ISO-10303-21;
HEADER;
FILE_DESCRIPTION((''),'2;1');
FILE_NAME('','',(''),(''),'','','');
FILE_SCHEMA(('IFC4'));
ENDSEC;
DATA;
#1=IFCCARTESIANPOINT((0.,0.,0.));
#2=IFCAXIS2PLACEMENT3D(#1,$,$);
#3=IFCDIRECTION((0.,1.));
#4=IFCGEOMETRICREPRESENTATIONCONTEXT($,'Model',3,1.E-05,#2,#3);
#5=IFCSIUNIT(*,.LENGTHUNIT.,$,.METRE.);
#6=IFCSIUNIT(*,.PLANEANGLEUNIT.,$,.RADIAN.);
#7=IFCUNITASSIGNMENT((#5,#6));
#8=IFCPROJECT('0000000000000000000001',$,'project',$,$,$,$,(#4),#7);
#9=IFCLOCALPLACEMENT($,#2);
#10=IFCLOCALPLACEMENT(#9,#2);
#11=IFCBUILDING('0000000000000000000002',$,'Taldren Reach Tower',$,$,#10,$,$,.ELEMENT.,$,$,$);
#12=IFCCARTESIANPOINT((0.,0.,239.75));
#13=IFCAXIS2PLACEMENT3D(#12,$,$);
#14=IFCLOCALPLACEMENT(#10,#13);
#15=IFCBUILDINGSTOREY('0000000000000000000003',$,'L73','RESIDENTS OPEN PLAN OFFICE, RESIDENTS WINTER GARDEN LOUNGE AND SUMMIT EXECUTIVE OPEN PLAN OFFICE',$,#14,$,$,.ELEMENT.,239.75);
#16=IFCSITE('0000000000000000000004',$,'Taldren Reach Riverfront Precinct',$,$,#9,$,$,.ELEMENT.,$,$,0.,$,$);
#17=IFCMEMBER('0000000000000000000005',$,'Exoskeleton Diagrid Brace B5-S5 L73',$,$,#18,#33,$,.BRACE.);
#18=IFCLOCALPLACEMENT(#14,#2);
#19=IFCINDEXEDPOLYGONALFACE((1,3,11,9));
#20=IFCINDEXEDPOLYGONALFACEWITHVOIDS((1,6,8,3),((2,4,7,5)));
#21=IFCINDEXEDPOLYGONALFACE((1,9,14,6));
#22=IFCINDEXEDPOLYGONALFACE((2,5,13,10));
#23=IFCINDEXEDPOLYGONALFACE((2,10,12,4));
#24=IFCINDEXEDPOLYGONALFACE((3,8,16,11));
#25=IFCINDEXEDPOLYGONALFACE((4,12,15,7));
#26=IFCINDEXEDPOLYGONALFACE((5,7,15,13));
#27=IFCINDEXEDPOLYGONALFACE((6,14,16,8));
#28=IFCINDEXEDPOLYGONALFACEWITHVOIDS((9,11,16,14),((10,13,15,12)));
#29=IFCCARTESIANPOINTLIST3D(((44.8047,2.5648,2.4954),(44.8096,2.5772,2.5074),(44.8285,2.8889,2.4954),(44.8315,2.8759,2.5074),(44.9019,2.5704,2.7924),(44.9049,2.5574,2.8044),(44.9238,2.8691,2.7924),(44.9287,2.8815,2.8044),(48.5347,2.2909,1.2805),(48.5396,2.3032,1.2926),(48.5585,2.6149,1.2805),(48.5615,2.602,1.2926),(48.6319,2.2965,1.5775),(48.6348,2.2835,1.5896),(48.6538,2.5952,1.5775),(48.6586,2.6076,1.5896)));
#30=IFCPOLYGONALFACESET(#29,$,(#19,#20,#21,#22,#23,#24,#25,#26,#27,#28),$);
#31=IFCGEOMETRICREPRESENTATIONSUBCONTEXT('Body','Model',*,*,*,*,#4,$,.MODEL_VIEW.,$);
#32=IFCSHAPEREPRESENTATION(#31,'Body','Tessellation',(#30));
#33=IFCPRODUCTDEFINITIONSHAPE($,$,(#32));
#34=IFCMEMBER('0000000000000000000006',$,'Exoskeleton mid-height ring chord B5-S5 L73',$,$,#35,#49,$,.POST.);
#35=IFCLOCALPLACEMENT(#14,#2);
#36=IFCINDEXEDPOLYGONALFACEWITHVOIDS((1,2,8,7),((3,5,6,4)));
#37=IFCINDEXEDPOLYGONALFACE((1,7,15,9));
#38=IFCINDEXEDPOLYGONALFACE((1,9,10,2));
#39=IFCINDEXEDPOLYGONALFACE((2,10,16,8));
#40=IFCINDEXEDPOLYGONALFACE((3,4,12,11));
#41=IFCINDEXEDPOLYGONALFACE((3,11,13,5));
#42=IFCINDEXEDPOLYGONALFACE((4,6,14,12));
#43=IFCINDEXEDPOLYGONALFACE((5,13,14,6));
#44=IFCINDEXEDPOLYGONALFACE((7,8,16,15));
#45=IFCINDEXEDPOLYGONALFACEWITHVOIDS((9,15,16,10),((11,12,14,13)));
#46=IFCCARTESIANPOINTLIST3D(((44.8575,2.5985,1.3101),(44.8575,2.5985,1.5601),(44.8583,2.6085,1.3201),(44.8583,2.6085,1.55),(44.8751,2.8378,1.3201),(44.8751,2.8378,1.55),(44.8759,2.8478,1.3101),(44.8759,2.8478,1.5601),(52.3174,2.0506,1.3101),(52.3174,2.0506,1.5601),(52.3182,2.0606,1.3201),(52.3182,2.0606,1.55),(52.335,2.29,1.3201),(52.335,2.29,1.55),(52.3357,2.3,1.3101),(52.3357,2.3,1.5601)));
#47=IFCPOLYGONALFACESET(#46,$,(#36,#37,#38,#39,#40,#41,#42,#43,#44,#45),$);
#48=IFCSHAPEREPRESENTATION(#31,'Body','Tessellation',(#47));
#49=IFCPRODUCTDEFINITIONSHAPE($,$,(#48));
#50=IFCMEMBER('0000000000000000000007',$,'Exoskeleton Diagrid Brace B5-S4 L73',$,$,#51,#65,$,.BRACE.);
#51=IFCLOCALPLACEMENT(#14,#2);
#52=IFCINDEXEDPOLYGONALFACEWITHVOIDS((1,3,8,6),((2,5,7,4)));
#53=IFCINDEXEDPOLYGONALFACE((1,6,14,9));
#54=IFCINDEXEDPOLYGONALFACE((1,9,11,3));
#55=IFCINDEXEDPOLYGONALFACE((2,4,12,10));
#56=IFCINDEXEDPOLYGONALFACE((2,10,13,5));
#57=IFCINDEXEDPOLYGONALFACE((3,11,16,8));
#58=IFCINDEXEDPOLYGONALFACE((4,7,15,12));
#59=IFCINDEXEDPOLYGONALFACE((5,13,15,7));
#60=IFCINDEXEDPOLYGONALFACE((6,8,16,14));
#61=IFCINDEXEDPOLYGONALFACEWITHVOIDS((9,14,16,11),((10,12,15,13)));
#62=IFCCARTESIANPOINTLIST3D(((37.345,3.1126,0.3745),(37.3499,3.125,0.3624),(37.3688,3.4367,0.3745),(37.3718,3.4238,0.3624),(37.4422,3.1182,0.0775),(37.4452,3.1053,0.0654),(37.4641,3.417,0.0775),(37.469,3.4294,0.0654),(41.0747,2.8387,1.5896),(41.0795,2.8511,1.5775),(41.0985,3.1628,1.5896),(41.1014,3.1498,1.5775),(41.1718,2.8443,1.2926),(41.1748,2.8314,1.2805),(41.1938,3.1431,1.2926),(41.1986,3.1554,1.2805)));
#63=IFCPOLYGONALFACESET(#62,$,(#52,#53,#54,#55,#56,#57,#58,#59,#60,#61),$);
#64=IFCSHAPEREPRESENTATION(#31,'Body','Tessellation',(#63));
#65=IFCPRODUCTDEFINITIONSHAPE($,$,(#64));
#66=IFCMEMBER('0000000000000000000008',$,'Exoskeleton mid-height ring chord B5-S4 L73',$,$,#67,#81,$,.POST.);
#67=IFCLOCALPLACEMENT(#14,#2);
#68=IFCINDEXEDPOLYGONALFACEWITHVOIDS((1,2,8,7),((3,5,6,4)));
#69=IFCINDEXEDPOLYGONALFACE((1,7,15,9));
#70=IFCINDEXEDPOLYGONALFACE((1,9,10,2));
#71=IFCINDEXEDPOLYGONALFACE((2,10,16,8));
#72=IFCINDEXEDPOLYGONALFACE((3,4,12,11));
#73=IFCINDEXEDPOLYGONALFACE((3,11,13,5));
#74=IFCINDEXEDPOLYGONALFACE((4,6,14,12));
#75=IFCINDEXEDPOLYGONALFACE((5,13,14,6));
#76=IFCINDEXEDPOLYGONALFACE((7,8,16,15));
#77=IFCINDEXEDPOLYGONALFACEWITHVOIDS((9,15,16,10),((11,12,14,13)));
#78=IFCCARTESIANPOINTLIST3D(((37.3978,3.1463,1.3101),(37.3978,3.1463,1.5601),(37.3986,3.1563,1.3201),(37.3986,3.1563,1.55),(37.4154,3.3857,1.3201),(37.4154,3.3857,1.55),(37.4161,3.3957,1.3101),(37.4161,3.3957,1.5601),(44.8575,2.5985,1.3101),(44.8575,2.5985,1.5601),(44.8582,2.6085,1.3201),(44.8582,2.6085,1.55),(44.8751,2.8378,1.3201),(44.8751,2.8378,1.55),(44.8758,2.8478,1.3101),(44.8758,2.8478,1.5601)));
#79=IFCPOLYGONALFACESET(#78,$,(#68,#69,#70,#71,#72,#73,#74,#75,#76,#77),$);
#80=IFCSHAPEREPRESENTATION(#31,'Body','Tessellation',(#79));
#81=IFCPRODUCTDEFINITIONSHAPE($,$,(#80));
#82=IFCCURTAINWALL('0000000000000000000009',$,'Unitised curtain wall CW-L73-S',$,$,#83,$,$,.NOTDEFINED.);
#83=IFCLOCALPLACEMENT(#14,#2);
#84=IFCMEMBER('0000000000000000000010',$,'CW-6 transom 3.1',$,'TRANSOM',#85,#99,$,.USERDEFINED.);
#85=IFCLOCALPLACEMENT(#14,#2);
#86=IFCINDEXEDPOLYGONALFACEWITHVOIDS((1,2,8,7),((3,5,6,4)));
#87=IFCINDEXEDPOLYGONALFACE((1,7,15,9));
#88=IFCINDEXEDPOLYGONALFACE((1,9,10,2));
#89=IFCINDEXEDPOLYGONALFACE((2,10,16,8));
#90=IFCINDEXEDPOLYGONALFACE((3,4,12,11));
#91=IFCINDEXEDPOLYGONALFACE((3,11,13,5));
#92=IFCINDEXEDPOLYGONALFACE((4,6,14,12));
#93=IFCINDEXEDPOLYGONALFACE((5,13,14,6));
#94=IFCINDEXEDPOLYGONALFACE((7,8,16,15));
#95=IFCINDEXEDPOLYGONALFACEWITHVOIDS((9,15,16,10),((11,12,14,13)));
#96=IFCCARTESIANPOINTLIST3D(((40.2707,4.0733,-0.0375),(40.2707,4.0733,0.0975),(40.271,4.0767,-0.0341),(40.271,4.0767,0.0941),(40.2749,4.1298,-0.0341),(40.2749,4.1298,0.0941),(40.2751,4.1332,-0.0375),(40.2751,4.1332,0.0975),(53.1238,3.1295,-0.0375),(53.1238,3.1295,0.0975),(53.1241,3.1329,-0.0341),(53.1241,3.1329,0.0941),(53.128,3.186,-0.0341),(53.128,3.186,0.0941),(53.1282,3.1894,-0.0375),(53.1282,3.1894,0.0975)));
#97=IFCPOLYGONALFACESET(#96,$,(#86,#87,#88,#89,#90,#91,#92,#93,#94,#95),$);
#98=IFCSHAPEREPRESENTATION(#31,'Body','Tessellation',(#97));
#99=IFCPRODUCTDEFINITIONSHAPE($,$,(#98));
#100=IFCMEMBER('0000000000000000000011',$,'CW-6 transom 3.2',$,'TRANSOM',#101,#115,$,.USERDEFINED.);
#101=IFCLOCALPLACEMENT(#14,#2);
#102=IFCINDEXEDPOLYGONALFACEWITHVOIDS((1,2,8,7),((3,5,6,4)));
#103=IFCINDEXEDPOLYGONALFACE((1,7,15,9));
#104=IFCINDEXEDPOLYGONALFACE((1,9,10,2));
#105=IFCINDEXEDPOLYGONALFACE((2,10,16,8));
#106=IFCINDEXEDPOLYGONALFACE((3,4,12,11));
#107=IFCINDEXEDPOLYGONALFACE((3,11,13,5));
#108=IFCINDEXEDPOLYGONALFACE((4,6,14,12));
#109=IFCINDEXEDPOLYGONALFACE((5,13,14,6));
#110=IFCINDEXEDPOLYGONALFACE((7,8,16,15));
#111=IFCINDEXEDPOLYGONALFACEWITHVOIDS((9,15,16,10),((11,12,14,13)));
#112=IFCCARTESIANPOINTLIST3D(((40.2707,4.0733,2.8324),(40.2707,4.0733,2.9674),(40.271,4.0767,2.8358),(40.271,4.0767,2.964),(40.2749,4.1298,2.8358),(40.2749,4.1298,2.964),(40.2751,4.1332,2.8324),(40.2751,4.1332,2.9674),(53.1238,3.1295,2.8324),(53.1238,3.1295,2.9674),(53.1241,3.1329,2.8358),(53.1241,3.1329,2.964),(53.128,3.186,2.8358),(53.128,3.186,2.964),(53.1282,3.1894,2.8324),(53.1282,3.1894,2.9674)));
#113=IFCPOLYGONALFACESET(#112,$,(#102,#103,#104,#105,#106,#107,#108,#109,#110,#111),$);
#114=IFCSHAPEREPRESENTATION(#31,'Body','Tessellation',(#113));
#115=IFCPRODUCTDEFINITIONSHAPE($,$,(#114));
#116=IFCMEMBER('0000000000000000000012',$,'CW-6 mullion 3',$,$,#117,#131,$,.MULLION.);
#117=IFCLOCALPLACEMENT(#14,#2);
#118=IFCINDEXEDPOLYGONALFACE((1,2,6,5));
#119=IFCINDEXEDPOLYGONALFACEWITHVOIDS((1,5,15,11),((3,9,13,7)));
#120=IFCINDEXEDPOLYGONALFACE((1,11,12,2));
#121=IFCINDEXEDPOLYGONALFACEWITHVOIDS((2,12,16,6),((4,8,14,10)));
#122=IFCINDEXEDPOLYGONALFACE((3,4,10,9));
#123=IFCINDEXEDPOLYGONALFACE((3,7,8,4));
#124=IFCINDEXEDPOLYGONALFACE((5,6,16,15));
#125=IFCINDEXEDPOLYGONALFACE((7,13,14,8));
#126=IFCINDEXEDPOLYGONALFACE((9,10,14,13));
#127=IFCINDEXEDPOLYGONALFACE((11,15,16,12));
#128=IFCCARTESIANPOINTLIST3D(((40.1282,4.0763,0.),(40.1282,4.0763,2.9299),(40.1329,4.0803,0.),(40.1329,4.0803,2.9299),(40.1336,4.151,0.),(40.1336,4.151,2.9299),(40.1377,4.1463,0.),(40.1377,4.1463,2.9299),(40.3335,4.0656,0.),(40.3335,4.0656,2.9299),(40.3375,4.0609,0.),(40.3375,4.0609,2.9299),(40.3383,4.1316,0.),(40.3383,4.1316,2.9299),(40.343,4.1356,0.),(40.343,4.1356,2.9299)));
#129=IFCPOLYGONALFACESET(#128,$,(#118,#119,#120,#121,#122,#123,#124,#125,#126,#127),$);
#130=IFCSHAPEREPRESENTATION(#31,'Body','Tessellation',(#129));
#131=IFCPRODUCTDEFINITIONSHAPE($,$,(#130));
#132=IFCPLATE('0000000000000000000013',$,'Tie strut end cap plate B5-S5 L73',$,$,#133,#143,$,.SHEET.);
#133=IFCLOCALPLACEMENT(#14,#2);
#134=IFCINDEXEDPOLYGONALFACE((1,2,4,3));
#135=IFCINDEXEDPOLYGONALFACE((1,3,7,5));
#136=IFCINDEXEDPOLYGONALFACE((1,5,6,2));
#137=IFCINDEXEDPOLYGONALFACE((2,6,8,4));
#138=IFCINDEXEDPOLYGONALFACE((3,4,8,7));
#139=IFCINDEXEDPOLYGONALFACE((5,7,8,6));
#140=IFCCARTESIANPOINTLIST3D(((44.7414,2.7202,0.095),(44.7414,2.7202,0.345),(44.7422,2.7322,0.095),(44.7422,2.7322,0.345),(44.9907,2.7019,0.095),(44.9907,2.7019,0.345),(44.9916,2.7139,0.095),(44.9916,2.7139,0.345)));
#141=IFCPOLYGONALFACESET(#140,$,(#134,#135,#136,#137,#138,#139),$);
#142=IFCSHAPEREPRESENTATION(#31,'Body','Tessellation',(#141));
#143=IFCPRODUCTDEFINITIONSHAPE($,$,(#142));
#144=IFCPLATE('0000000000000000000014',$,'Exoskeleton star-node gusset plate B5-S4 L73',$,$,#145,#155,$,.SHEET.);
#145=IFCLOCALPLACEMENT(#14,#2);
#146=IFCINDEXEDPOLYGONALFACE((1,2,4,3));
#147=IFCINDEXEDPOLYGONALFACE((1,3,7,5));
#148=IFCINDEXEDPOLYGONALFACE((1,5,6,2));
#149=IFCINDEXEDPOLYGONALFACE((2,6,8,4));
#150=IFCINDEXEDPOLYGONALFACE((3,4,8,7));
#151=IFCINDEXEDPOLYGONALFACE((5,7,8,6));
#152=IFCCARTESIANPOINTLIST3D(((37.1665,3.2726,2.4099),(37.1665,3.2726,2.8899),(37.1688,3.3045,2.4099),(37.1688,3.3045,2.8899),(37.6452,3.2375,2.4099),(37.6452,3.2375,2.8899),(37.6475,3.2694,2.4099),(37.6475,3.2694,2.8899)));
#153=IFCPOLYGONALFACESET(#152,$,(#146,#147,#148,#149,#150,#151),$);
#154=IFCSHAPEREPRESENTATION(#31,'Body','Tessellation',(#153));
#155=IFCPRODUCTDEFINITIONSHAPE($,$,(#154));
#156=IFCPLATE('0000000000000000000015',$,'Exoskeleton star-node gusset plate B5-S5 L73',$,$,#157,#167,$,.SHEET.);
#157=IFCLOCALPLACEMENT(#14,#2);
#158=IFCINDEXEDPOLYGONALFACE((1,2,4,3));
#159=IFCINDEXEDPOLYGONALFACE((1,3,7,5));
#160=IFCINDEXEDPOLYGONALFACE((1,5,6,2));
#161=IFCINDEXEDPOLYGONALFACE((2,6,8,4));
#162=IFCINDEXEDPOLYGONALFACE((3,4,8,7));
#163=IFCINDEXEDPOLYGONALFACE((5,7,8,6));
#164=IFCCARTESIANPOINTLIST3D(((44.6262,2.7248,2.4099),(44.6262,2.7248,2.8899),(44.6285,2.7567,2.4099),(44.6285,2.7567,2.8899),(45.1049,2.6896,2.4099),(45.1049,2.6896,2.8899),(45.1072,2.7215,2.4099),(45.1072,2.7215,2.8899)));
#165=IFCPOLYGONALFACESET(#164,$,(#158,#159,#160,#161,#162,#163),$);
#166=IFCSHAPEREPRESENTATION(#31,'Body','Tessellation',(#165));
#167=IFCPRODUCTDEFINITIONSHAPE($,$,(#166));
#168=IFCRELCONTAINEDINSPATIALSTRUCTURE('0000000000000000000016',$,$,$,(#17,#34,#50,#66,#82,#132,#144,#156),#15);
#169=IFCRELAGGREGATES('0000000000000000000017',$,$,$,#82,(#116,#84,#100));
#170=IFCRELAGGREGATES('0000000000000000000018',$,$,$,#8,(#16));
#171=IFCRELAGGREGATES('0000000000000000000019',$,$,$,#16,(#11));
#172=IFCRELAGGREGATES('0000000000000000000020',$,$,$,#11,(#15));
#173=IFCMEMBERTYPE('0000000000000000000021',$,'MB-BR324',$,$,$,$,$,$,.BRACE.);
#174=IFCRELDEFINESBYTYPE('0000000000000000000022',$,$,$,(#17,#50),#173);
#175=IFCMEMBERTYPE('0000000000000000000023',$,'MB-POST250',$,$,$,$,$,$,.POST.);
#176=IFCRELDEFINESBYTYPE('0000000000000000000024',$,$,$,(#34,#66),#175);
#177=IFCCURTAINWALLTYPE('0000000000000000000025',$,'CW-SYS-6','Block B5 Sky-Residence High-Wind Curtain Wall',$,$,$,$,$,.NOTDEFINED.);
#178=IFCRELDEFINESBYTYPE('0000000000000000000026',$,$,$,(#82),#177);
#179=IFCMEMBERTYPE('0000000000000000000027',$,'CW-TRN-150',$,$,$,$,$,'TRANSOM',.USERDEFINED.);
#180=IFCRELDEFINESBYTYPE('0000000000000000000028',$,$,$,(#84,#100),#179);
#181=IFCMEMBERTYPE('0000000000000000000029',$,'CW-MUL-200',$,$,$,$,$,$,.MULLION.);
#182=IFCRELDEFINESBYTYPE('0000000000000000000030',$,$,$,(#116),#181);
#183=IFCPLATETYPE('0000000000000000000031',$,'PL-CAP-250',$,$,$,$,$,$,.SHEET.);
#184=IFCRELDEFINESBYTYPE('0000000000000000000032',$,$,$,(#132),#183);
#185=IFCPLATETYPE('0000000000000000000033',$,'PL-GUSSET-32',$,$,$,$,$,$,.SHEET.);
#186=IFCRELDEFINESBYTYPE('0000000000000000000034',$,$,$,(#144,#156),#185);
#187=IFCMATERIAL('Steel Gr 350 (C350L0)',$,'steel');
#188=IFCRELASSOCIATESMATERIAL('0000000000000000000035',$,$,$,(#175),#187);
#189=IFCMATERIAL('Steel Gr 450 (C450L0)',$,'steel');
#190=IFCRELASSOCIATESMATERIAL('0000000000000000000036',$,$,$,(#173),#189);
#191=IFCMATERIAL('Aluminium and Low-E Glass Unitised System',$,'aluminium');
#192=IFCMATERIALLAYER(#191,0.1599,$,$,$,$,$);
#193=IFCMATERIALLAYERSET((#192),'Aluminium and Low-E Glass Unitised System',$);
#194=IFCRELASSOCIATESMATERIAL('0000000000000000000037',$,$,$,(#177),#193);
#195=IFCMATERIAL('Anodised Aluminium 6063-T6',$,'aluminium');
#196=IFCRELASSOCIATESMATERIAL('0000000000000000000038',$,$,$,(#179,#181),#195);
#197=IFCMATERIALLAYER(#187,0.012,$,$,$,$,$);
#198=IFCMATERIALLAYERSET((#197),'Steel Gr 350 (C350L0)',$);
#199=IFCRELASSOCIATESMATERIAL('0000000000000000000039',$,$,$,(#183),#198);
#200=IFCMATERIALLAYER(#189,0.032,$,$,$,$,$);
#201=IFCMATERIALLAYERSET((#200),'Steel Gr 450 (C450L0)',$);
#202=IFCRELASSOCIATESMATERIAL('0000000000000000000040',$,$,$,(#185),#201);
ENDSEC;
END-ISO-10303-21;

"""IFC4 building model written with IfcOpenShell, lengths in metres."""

from ifc_helpers import new_model, si_unit, direction, frame, origin, origin_2d, place, context, subcontext, project, spatial, rectangle, hollow_rectangle, extrude, source, transform, mapped, material, layer, layer_set, material_profile, profile_set, type_object, element, aggregate, save


model = new_model("IFC4")

# Units and contexts
model_context = context("Model", 3, precision=1e-05, world=origin(), true_north=direction((0.0, 1.0)))
body_context = subcontext(model_context, "Body", "Model", "MODEL_VIEW")
ifc_project = project(units=[si_unit("LENGTHUNIT", "METRE"), si_unit("PLANEANGLEUNIT", "RADIAN")], contexts=[model_context])

# Site, building, storey
site_placement = place(None, origin())
site = spatial("IfcSite", under=ifc_project, at=site_placement, Name="Taldren Reach Riverfront Precinct", CompositionType="ELEMENT", RefElevation=0.0)
building_placement = place(site_placement, origin())
building = spatial("IfcBuilding", under=site, at=building_placement, Name="Taldren Reach Tower", CompositionType="ELEMENT")
storey_placement = place(building_placement, frame((0.0, 0.0, 239.75)))
storey = spatial("IfcBuildingStorey", under=building, at=storey_placement, Name="L73", Description="RESIDENTS OPEN PLAN OFFICE, RESIDENTS WINTER GARDEN LOUNGE AND SUMMIT EXECUTIVE OPEN PLAN OFFICE", CompositionType="ELEMENT", Elevation=239.75)

# Shared definitions
ifc_material_1 = material(Name="Steel Gr 350 (C350L0)", Category="steel")
ifc_material_profile_1 = material_profile(ifc_material_1, hollow_rectangle(XDim=0.25, YDim=0.25, WallThickness=0.01, at=origin_2d()), Name="250x250x10.0SHS")
ifc_profile_set_1 = profile_set([ifc_material_profile_1], Name="Steel Gr 350 (C350L0)")
member_type_1 = type_object("IfcMemberType", Name="MB-POST250", PredefinedType="POST", material=ifc_profile_set_1)
ifc_material_2 = material(Name="Steel Gr 450 (C450L0)", Category="steel")

# Members
ifc_material_profile_2 = material_profile(ifc_material_2, hollow_rectangle(XDim=0.325, YDim=0.325, WallThickness=0.0127, at=origin_2d()), Name="325x325x12.7SHS")
ifc_profile_set_2 = profile_set([ifc_material_profile_2], Name="Steel Gr 450 (C450L0)")
member_type_2 = type_object("IfcMemberType", Name="MB-BR324", PredefinedType="BRACE", material=ifc_profile_set_2)
shared_shape_1 = source(origin(), body_context, "Body", "SweptSolid", [
    extrude(hollow_rectangle(XDim=0.325, YDim=0.325, WallThickness=0.0127, at=origin_2d()), origin(), (0.0, 0.0, 1.0), 3.9324),
])
for number, where, z_axis, x_axis, name in (
    (1, (48.5967, 2.4492, 1.4351), (-0.948529, 0.069659, 0.308933), (-0.073242, -0.997314, 0.0), "Exoskeleton Diagrid Brace B5-S5 L73"),
):
    element("IfcMember", number, at=place(storey_placement, frame(where, z_axis=z_axis, x_axis=x_axis)), inside=storey, type_object=member_type_2, Name=name, PredefinedType="BRACE", context=body_context, shape_type="MappedRepresentation", body=[
        mapped(shared_shape_1, transform((0.0, 0.0, 0.0), scale=1.0)),
    ])
shared_shape_2 = source(origin(), body_context, "Body", "SweptSolid", [
    extrude(hollow_rectangle(XDim=0.25, YDim=0.25, WallThickness=0.01, at=origin_2d()), origin(), (0.0, 0.0, 1.0), 7.48),
])
member_1_placement = place(storey_placement, frame((44.8667, 2.7231, 1.4351), z_axis=(0.997314, -0.073242, 0.0), x_axis=(0.073242, 0.997314, 0.0)))
element("IfcMember", 2, at=member_1_placement, inside=storey, type_object=member_type_1, Name="Exoskeleton mid-height ring chord B5-S5 L73", PredefinedType="POST", context=body_context, shape_type="MappedRepresentation", body=[
    mapped(shared_shape_2, transform((0.0, 0.0, 0.0), scale=1.0)),
])
shared_shape_3 = source(origin(), body_context, "Body", "SweptSolid", [
    extrude(hollow_rectangle(XDim=0.325, YDim=0.325, WallThickness=0.0127, at=origin_2d()), origin(), (0.0, 0.0, 1.0), 3.9321),
])
member_2_placement = place(storey_placement, frame((37.407, 3.271, 0.22), z_axis=(0.948505, -0.069662, 0.309008), x_axis=(0.073246, 0.997314, 0.0)))
element("IfcMember", 3, at=member_2_placement, inside=storey, type_object=member_type_2, Name="Exoskeleton Diagrid Brace B5-S4 L73", PredefinedType="BRACE", context=body_context, shape_type="MappedRepresentation", body=[
    mapped(shared_shape_3, transform((0.0, 0.0, 0.0), scale=1.0)),
])
shared_shape_4 = source(origin(), body_context, "Body", "SweptSolid", [
    extrude(hollow_rectangle(XDim=0.25, YDim=0.25, WallThickness=0.01, at=origin_2d()), origin(), (0.0, 0.0, 1.0), 7.4797),
])
member_3_placement = place(storey_placement, frame((37.407, 3.271, 1.4351), z_axis=(0.997314, -0.073244, 0.0), x_axis=(0.073244, 0.997314, 0.0)))
element("IfcMember", 4, at=member_3_placement, inside=storey, type_object=member_type_1, Name="Exoskeleton mid-height ring chord B5-S4 L73", PredefinedType="POST", context=body_context, shape_type="MappedRepresentation", body=[
    mapped(shared_shape_4, transform((0.0, 0.0, 0.0), scale=1.0)),
])

# Curtain wall, members
ifc_material_3 = material(Name="Aluminium and Low-E Glass Unitised System", Category="aluminium")
ifc_layer_1 = layer(ifc_material_3, 0.1599)
ifc_layer_set_1 = layer_set([ifc_layer_1], Name="Aluminium and Low-E Glass Unitised System")
curtain_wall_type = type_object("IfcCurtainWallType", Name="CW-SYS-6", Description="Block B5 Sky-Residence High-Wind Curtain Wall", PredefinedType="NOTDEFINED", material=ifc_layer_set_1)
curtain_wall_placement = place(storey_placement, origin())
curtain_wall = element("IfcCurtainWall", 5, at=curtain_wall_placement, inside=storey, type_object=curtain_wall_type, Name="Unitised curtain wall CW-L73-S", PredefinedType="NOTDEFINED")
ifc_material_4 = material(Name="Anodised Aluminium 6063-T6", Category="aluminium")
ifc_material_profile_3 = material_profile(ifc_material_4, hollow_rectangle(XDim=0.0601, YDim=0.135, WallThickness=0.0034, at=origin_2d()), Name="ALU-135x60x3.5RHS")
ifc_profile_set_3 = profile_set([ifc_material_profile_3], Name="Anodised Aluminium 6063-T6")
member_type_3 = type_object("IfcMemberType", Name="CW-TRN-150", ElementType="TRANSOM", PredefinedType="USERDEFINED", material=ifc_profile_set_3)
shared_shape_5 = source(origin(), body_context, "Body", "SweptSolid", [
    extrude(hollow_rectangle(XDim=0.0601, YDim=0.135, WallThickness=0.0034, at=origin_2d()), origin(), (0.0, 0.0, 1.0), 12.8877),
])
member_4_placement = place(storey_placement, frame((40.2729, 4.1033, 0.03), z_axis=(0.997315, -0.073237, 0.0), x_axis=(0.073237, 0.997315, 0.0)))
member_4 = element("IfcMember", 6, at=member_4_placement, type_object=member_type_3, Name="CW-6 transom 3.1", ObjectType="TRANSOM", PredefinedType="USERDEFINED", context=body_context, shape_type="MappedRepresentation", body=[
    mapped(shared_shape_5, transform((0.0, 0.0, 0.0), scale=1.0)),
])
member_5_placement = place(storey_placement, frame((40.2729, 4.1033, 2.8999), z_axis=(0.997315, -0.073237, 0.0), x_axis=(0.073237, 0.997315, 0.0)))
member_5 = element("IfcMember", 7, at=member_5_placement, type_object=member_type_3, Name="CW-6 transom 3.2", ObjectType="TRANSOM", PredefinedType="USERDEFINED", context=body_context, shape_type="MappedRepresentation", body=[
    mapped(shared_shape_5, transform((0.0, 0.0, 0.0), scale=1.0)),
])
ifc_material_profile_4 = material_profile(ifc_material_4, hollow_rectangle(XDim=0.075, YDim=0.21, WallThickness=0.0044, at=origin_2d()), Name="ALU-210x75x4.5RHS")
ifc_profile_set_4 = profile_set([ifc_material_profile_4], Name="Anodised Aluminium 6063-T6")
member_type_4 = type_object("IfcMemberType", Name="CW-MUL-200", PredefinedType="MULLION", material=ifc_profile_set_4)
shared_shape_6 = source(origin(), body_context, "Body", "SweptSolid", [
    extrude(hollow_rectangle(XDim=0.075, YDim=0.21, WallThickness=0.0044, at=origin_2d()), origin(), (0.0, 0.0, 1.0), 2.9299),
])
member_6_placement = place(storey_placement, frame((40.2356, 4.106, 0.0), z_axis=(0.0, 0.0, 1.0), x_axis=(0.073238, 0.997314, 0.0)))
member_6 = element("IfcMember", 8, at=member_6_placement, type_object=member_type_4, Name="CW-6 mullion 3", PredefinedType="MULLION", context=body_context, shape_type="MappedRepresentation", body=[
    mapped(shared_shape_6, transform((0.0, 0.0, 0.0), scale=1.0)),
])

# Plates
ifc_layer_2 = layer(ifc_material_1, 0.012)
ifc_layer_set_2 = layer_set([ifc_layer_2], Name="Steel Gr 350 (C350L0)")
plate_type_1 = type_object("IfcPlateType", Name="PL-CAP-250", PredefinedType="SHEET", material=ifc_layer_set_2)
shared_shape_7 = source(origin(), body_context, "Body", "SweptSolid", [
    extrude(rectangle(XDim=0.25, YDim=0.012, at=origin_2d()), origin(), (0.0, 0.0, 1.0), 0.25),
])
plate_1_placement = place(storey_placement, frame((44.8665, 2.717, 0.095), z_axis=(0.0, 0.0, 1.0), x_axis=(0.997314, -0.073238, 0.0)))
element("IfcPlate", 9, at=plate_1_placement, inside=storey, type_object=plate_type_1, Name="Tie strut end cap plate B5-S5 L73", PredefinedType="SHEET", context=body_context, shape_type="MappedRepresentation", body=[
    mapped(shared_shape_7, transform((0.0, 0.0, 0.0), scale=1.0)),
])
ifc_layer_3 = layer(ifc_material_2, 0.032)
ifc_layer_set_3 = layer_set([ifc_layer_3], Name="Steel Gr 450 (C450L0)")
plate_type_2 = type_object("IfcPlateType", Name="PL-GUSSET-32", PredefinedType="SHEET", material=ifc_layer_set_3)
shared_shape_8 = source(origin(), body_context, "Body", "SweptSolid", [
    extrude(rectangle(XDim=0.48, YDim=0.032, at=origin_2d()), origin(), (0.0, 0.0, 1.0), 0.48),
])
for number, where, z_axis, x_axis, name in (
    (10, (37.407, 3.271, 2.4099), (0.0, 0.0, 1.0), (0.997314, -0.073238, 0.0), "Exoskeleton star-node gusset plate B5-S4 L73"),
    (11, (44.8667, 2.7231, 2.4099), (0.0, 0.0, 1.0), (0.997314, -0.073238, 0.0), "Exoskeleton star-node gusset plate B5-S5 L73"),
):
    element("IfcPlate", number, at=place(storey_placement, frame(where, z_axis=z_axis, x_axis=x_axis)), inside=storey, type_object=plate_type_2, Name=name, PredefinedType="SHEET", context=body_context, shape_type="MappedRepresentation", body=[
        mapped(shared_shape_8, transform((0.0, 0.0, 0.0), scale=1.0)),
    ])

aggregate(curtain_wall, [member_6, member_4, member_5])

save(model, "model.ifc")
